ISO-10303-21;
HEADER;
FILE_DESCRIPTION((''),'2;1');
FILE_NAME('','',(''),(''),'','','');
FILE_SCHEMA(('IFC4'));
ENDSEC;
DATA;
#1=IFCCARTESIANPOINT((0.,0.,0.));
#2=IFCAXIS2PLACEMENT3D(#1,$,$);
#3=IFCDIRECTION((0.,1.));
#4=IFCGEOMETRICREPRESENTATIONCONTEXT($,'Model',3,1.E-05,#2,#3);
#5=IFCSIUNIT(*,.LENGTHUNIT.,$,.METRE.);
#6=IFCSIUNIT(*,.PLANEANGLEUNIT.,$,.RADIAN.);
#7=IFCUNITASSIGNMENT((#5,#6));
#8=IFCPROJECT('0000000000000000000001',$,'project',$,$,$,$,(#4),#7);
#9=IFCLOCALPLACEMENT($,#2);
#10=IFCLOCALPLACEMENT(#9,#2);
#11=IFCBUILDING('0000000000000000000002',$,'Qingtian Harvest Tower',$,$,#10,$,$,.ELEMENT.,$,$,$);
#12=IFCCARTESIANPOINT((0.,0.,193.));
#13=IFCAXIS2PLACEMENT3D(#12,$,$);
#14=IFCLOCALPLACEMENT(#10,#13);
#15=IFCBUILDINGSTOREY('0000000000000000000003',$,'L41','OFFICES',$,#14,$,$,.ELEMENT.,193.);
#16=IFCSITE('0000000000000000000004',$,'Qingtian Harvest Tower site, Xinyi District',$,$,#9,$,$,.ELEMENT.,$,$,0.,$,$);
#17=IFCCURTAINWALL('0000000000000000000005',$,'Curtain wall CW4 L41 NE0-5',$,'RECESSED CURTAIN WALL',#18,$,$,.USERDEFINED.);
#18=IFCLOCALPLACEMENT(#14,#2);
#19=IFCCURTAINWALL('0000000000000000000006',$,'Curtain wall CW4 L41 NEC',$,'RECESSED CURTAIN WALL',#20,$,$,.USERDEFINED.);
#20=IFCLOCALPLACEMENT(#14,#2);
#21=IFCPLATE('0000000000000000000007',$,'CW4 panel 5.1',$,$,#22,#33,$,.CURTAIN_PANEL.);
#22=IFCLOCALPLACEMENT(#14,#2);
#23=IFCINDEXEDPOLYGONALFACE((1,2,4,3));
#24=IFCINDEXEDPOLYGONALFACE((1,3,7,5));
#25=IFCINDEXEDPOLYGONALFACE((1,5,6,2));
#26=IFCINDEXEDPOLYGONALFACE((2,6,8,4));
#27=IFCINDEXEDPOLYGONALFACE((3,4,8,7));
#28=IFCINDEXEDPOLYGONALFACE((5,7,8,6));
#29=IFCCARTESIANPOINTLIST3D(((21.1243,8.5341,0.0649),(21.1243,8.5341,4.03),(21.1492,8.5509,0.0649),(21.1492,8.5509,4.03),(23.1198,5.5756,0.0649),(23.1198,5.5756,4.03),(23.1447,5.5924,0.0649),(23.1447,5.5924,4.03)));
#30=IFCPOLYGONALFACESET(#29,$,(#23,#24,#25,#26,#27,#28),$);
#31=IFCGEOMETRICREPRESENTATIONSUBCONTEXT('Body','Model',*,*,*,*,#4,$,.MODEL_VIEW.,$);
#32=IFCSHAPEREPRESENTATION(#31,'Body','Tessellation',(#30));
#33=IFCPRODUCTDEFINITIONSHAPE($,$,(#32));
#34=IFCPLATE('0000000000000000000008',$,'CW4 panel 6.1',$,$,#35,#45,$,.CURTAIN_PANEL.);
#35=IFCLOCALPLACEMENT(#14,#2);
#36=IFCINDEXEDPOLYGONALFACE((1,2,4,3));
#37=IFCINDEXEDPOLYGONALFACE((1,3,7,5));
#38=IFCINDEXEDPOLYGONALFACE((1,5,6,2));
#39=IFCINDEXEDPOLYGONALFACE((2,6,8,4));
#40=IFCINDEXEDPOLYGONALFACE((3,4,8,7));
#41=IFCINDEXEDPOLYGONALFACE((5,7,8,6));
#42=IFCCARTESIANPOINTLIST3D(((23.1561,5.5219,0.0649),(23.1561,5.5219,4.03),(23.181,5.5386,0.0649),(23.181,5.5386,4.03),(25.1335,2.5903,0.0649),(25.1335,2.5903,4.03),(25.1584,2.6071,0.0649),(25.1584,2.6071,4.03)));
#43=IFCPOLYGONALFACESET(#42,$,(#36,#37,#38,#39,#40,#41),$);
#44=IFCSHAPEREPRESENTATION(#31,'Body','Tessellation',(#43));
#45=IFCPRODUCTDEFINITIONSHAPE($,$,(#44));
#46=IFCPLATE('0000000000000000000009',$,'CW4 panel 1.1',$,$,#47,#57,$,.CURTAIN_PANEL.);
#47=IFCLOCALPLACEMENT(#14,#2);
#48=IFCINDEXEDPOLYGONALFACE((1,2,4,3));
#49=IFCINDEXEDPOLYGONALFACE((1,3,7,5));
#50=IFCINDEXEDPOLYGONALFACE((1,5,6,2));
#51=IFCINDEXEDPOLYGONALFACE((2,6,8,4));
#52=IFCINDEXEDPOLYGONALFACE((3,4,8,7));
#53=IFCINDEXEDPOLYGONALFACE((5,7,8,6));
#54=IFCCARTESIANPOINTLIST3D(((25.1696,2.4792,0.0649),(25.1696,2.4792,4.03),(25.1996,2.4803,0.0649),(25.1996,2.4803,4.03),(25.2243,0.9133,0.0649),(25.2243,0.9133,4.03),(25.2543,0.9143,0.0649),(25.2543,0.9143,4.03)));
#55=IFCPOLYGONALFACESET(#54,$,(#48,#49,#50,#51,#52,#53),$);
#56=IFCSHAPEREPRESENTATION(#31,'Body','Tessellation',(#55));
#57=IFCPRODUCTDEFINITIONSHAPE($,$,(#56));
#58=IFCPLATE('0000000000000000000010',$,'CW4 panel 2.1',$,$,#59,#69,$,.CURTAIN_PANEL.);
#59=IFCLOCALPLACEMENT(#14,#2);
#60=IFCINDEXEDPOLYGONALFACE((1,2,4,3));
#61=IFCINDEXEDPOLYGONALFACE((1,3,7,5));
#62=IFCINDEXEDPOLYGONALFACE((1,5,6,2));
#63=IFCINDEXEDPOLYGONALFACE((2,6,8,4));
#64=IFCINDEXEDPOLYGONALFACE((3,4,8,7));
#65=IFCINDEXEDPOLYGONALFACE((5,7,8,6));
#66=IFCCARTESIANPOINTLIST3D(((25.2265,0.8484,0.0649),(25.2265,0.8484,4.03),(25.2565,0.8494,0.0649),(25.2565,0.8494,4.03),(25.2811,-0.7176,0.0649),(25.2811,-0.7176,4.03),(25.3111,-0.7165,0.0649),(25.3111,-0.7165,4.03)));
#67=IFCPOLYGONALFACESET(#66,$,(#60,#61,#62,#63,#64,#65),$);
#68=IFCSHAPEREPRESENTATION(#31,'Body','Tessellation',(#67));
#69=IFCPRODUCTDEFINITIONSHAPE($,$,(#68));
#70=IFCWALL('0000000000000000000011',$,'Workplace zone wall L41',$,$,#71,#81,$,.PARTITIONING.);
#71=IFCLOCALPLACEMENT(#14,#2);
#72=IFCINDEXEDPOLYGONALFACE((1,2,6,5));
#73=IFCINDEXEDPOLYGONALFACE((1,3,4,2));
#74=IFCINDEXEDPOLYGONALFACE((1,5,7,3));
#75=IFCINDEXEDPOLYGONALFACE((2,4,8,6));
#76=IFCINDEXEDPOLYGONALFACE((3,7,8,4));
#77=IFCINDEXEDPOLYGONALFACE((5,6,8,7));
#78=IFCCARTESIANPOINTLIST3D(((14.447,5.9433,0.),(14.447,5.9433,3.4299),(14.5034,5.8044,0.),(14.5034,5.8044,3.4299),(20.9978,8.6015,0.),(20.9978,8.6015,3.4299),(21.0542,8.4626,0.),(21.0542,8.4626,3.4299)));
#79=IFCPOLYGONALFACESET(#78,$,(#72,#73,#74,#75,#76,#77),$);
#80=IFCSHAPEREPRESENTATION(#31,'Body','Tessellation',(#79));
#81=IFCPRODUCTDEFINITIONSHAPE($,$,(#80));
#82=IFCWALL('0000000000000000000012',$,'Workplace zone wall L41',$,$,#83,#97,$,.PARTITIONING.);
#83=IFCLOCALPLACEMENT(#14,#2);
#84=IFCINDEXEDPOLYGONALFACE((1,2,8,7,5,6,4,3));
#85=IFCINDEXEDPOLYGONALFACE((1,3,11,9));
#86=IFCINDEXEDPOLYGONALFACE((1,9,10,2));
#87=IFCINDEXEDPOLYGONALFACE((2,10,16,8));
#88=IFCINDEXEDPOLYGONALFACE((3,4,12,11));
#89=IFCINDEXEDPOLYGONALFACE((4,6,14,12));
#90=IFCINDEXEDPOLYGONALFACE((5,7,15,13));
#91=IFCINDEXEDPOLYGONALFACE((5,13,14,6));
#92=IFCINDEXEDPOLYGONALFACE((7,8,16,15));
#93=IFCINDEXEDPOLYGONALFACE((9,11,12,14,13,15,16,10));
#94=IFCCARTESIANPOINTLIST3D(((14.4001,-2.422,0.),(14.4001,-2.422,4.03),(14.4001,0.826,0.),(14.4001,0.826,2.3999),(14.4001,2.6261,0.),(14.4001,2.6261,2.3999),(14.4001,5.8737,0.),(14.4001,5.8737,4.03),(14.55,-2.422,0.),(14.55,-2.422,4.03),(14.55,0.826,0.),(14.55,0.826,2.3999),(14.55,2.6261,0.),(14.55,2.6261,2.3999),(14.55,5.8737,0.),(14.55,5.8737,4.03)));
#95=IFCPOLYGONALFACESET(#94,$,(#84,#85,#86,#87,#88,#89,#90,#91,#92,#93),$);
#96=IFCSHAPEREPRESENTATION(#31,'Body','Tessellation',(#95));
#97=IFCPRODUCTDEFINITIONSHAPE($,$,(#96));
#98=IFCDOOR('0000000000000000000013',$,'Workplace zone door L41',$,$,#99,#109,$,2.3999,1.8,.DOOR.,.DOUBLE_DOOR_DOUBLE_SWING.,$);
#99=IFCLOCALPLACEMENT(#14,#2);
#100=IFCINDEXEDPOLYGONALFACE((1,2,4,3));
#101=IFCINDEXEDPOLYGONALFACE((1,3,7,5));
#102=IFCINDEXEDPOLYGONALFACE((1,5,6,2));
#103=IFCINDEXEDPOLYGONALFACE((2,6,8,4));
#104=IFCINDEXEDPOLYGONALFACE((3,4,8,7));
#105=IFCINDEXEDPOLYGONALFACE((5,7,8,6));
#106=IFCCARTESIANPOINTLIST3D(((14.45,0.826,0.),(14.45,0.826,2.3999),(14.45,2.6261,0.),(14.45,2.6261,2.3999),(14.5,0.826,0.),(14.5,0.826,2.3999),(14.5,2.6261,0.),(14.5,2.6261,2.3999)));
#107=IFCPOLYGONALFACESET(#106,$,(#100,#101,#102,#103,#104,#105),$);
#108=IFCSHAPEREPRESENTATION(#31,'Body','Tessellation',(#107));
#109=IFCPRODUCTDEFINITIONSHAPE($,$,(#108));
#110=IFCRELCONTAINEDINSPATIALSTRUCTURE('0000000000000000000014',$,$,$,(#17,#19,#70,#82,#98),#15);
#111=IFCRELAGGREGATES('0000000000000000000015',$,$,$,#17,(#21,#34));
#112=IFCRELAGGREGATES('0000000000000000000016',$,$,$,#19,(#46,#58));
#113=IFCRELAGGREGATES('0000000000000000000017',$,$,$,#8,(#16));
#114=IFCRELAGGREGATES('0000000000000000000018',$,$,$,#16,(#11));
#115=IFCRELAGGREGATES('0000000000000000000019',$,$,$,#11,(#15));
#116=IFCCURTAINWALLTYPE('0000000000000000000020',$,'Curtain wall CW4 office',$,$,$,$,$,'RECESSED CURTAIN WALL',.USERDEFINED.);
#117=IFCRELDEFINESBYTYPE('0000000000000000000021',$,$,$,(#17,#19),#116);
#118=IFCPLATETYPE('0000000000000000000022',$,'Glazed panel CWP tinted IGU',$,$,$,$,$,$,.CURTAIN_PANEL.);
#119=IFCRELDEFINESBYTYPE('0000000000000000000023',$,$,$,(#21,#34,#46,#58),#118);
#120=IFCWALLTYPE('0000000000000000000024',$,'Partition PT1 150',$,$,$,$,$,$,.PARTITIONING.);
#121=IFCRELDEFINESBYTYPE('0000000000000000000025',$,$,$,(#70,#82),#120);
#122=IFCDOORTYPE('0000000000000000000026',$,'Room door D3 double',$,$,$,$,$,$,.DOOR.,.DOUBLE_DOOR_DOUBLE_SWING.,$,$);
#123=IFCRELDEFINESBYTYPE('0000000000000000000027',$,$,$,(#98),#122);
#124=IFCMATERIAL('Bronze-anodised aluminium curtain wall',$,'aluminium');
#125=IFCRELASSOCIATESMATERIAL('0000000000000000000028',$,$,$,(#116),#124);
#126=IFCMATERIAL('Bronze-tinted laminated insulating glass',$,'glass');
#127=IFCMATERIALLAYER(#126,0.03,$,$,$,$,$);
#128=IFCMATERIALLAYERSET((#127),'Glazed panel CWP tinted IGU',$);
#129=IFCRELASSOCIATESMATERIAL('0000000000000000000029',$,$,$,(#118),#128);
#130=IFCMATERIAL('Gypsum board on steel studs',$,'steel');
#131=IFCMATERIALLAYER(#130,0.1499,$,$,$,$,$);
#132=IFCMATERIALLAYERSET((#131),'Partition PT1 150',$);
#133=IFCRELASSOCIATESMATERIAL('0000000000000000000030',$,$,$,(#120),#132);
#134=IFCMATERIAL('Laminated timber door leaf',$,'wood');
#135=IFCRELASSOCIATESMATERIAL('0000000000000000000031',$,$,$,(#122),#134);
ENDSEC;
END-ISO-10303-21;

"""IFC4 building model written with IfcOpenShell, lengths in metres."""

from ifc_helpers import new_model, si_unit, direction, frame, frame_2d, origin, origin_2d, place, context, subcontext, project, spatial, rectangle, extrude, material, layer, layer_set, type_object, element, fill, aggregate, save


model = new_model("IFC4")

# Units and contexts
model_context = context("Model", 3, precision=1e-05, world=origin(), true_north=direction((0.0, 1.0)))
body_context = subcontext(model_context, "Body", "Model", "MODEL_VIEW")
ifc_project = project(units=[si_unit("LENGTHUNIT", "METRE"), si_unit("PLANEANGLEUNIT", "RADIAN")], contexts=[model_context])

# Site, building, storey
site_placement = place(None, origin())
site = spatial("IfcSite", under=ifc_project, at=site_placement, Name="Qingtian Harvest Tower site, Xinyi District", CompositionType="ELEMENT", RefElevation=0.0)
building_placement = place(site_placement, origin())
building = spatial("IfcBuilding", under=site, at=building_placement, Name="Qingtian Harvest Tower", CompositionType="ELEMENT")
storey_placement = place(building_placement, frame((0.0, 0.0, 193.0)))
storey = spatial("IfcBuildingStorey", under=building, at=storey_placement, Name="L41", Description="OFFICES", CompositionType="ELEMENT", Elevation=193.0)

# Curtain walls
ifc_material_1 = material(Name="Bronze-anodised aluminium curtain wall", Category="aluminium")
curtain_wall_type = type_object("IfcCurtainWallType", Name="Curtain wall CW4 office", ElementType="RECESSED CURTAIN WALL", PredefinedType="USERDEFINED", material=ifc_material_1)
curtain_wall_1_placement = place(storey_placement, origin())
curtain_wall_1 = element("IfcCurtainWall", 1, at=curtain_wall_1_placement, inside=storey, type_object=curtain_wall_type, Name="Curtain wall CW4 L41 NE0-5", ObjectType="RECESSED CURTAIN WALL", PredefinedType="USERDEFINED")
curtain_wall_2_placement = place(storey_placement, origin())
curtain_wall_2 = element("IfcCurtainWall", 2, at=curtain_wall_2_placement, inside=storey, type_object=curtain_wall_type, Name="Curtain wall CW4 L41 NEC", ObjectType="RECESSED CURTAIN WALL", PredefinedType="USERDEFINED")

# Plates
ifc_material_2 = material(Name="Bronze-tinted laminated insulating glass", Category="glass")
ifc_layer_1 = layer(ifc_material_2, 0.03)
ifc_layer_set_1 = layer_set([ifc_layer_1], Name="Glazed panel CWP tinted IGU")
plate_type = type_object("IfcPlateType", Name="Glazed panel CWP tinted IGU", PredefinedType="CURTAIN_PANEL", material=ifc_layer_set_1)
plate_1_placement = place(storey_placement, frame((22.1345, 7.0632, 0.0649), z_axis=(0.0, 0.0, 1.0), x_axis=(0.559193, -0.829038, 0.0)))
plate_1 = element("IfcPlate", 3, at=plate_1_placement, type_object=plate_type, Name="CW4 panel 5.1", PredefinedType="CURTAIN_PANEL", context=body_context, shape_type="SweptSolid", body=[
    extrude(rectangle(XDim=3.5686, YDim=0.03, at=origin_2d()), origin(), (0.0, 0.0, 1.0), 3.9651),
])
plate_2_placement = place(storey_placement, frame((24.1572, 4.0645, 0.0649), z_axis=(0.0, 0.0, 1.0), x_axis=(0.559193, -0.829038, 0.0)))
plate_2 = element("IfcPlate", 4, at=plate_2_placement, type_object=plate_type, Name="CW4 panel 6.1", PredefinedType="CURTAIN_PANEL", context=body_context, shape_type="SweptSolid", body=[
    extrude(rectangle(XDim=3.5361, YDim=0.03, at=origin_2d()), origin(), (0.0, 0.0, 1.0), 3.9651),
])
aggregate(curtain_wall_1, [plate_1, plate_2])
plate_3_placement = place(storey_placement, frame((25.2119, 1.6968, 0.0649), z_axis=(0.0, 0.0, 1.0), x_axis=(0.034899, -0.999391, 0.0)))
plate_3 = element("IfcPlate", 5, at=plate_3_placement, type_object=plate_type, Name="CW4 panel 1.1", PredefinedType="CURTAIN_PANEL", context=body_context, shape_type="SweptSolid", body=[
    extrude(rectangle(XDim=1.5669, YDim=0.03, at=origin_2d()), origin(), (0.0, 0.0, 1.0), 3.9651),
])
plate_4_placement = place(storey_placement, frame((25.2688, 0.0659, 0.0649), z_axis=(0.0, 0.0, 1.0), x_axis=(0.034899, -0.999391, 0.0)))
plate_4 = element("IfcPlate", 6, at=plate_4_placement, type_object=plate_type, Name="CW4 panel 2.1", PredefinedType="CURTAIN_PANEL", context=body_context, shape_type="SweptSolid", body=[
    extrude(rectangle(XDim=1.5669, YDim=0.03, at=origin_2d()), origin(), (0.0, 0.0, 1.0), 3.9651),
])
aggregate(curtain_wall_2, [plate_3, plate_4])

# Shared definitions
ifc_material_3 = material(Name="Gypsum board on steel studs", Category="steel")
ifc_layer_2 = layer(ifc_material_3, 0.1499)
ifc_layer_set_2 = layer_set([ifc_layer_2], Name="Partition PT1 150")
wall_type = type_object("IfcWallType", Name="Partition PT1 150", PredefinedType="PARTITIONING", material=ifc_layer_set_2)
ifc_material_4 = material(Name="Laminated timber door leaf", Category="wood")
door_type = type_object("IfcDoorType", Name="Room door D3 double", OperationType="DOUBLE_DOOR_DOUBLE_SWING", PredefinedType="DOOR", material=ifc_material_4)

# Wall
wall_1_placement = place(storey_placement, frame((21.0259, 8.532, 0.0), z_axis=(0.0, 0.0, 1.0), x_axis=(-0.926617, -0.376006, 0.0)))
element("IfcWall", 7, at=wall_1_placement, inside=storey, type_object=wall_type, Name="Workplace zone wall L41", PredefinedType="PARTITIONING", context=body_context, shape_type="SweptSolid", body=[
    extrude(rectangle(XDim=7.0696, YDim=0.1499, at=frame_2d((3.5347, 0.0))), origin(), (0.0, 0.0, 1.0), 3.4299),
])

# Wall, opening, door
wall_2_placement = place(storey_placement, frame((14.4751, 5.8738, 0.0), z_axis=(0.0, 0.0, 1.0), x_axis=(0.0, -1.0, 0.0)))
wall_2 = element("IfcWall", 8, at=wall_2_placement, inside=storey, type_object=wall_type, Name="Workplace zone wall L41", PredefinedType="PARTITIONING", context=body_context, shape_type="SweptSolid", body=[
    extrude(rectangle(XDim=8.2957, YDim=0.1499, at=frame_2d((4.1479, 0.0))), origin(), (0.0, 0.0, 1.0), 4.03),
])
opening_1_placement = place(wall_2_placement, frame((3.2478, 0.0, 0.0)))
opening_1 = element("IfcOpeningElement", 9, at=opening_1_placement, cuts=wall_2, PredefinedType="OPENING", context=body_context, shape_type="SweptSolid", body=[
    extrude(rectangle(XDim=1.8, YDim=2.3999, at=frame_2d((0.8999, 1.2))), frame((0.0, 0.085, 0.0), z_axis=(0.0, -1.0, 0.0), x_axis=(1.0, 0.0, 0.0)), (0.0, 0.0, 1.0), 0.1699),
])
door_1_placement = place(opening_1_placement, origin())
door_1 = element("IfcDoor", 10, at=door_1_placement, inside=storey, type_object=door_type, Name="Workplace zone door L41", OperationType="DOUBLE_DOOR_DOUBLE_SWING", OverallHeight=2.3999, OverallWidth=1.8, PredefinedType="DOOR", context=body_context, shape_type="SweptSolid", body=[
    extrude(rectangle(XDim=1.8, YDim=2.3999, at=frame_2d((0.8999, 1.2))), frame((0.0, 0.0249, 0.0), z_axis=(0.0, -1.0, 0.0), x_axis=(1.0, 0.0, 0.0)), (0.0, 0.0, 1.0), 0.05),
])
fill(opening_1, door_1)

save(model, "model.ifc")
